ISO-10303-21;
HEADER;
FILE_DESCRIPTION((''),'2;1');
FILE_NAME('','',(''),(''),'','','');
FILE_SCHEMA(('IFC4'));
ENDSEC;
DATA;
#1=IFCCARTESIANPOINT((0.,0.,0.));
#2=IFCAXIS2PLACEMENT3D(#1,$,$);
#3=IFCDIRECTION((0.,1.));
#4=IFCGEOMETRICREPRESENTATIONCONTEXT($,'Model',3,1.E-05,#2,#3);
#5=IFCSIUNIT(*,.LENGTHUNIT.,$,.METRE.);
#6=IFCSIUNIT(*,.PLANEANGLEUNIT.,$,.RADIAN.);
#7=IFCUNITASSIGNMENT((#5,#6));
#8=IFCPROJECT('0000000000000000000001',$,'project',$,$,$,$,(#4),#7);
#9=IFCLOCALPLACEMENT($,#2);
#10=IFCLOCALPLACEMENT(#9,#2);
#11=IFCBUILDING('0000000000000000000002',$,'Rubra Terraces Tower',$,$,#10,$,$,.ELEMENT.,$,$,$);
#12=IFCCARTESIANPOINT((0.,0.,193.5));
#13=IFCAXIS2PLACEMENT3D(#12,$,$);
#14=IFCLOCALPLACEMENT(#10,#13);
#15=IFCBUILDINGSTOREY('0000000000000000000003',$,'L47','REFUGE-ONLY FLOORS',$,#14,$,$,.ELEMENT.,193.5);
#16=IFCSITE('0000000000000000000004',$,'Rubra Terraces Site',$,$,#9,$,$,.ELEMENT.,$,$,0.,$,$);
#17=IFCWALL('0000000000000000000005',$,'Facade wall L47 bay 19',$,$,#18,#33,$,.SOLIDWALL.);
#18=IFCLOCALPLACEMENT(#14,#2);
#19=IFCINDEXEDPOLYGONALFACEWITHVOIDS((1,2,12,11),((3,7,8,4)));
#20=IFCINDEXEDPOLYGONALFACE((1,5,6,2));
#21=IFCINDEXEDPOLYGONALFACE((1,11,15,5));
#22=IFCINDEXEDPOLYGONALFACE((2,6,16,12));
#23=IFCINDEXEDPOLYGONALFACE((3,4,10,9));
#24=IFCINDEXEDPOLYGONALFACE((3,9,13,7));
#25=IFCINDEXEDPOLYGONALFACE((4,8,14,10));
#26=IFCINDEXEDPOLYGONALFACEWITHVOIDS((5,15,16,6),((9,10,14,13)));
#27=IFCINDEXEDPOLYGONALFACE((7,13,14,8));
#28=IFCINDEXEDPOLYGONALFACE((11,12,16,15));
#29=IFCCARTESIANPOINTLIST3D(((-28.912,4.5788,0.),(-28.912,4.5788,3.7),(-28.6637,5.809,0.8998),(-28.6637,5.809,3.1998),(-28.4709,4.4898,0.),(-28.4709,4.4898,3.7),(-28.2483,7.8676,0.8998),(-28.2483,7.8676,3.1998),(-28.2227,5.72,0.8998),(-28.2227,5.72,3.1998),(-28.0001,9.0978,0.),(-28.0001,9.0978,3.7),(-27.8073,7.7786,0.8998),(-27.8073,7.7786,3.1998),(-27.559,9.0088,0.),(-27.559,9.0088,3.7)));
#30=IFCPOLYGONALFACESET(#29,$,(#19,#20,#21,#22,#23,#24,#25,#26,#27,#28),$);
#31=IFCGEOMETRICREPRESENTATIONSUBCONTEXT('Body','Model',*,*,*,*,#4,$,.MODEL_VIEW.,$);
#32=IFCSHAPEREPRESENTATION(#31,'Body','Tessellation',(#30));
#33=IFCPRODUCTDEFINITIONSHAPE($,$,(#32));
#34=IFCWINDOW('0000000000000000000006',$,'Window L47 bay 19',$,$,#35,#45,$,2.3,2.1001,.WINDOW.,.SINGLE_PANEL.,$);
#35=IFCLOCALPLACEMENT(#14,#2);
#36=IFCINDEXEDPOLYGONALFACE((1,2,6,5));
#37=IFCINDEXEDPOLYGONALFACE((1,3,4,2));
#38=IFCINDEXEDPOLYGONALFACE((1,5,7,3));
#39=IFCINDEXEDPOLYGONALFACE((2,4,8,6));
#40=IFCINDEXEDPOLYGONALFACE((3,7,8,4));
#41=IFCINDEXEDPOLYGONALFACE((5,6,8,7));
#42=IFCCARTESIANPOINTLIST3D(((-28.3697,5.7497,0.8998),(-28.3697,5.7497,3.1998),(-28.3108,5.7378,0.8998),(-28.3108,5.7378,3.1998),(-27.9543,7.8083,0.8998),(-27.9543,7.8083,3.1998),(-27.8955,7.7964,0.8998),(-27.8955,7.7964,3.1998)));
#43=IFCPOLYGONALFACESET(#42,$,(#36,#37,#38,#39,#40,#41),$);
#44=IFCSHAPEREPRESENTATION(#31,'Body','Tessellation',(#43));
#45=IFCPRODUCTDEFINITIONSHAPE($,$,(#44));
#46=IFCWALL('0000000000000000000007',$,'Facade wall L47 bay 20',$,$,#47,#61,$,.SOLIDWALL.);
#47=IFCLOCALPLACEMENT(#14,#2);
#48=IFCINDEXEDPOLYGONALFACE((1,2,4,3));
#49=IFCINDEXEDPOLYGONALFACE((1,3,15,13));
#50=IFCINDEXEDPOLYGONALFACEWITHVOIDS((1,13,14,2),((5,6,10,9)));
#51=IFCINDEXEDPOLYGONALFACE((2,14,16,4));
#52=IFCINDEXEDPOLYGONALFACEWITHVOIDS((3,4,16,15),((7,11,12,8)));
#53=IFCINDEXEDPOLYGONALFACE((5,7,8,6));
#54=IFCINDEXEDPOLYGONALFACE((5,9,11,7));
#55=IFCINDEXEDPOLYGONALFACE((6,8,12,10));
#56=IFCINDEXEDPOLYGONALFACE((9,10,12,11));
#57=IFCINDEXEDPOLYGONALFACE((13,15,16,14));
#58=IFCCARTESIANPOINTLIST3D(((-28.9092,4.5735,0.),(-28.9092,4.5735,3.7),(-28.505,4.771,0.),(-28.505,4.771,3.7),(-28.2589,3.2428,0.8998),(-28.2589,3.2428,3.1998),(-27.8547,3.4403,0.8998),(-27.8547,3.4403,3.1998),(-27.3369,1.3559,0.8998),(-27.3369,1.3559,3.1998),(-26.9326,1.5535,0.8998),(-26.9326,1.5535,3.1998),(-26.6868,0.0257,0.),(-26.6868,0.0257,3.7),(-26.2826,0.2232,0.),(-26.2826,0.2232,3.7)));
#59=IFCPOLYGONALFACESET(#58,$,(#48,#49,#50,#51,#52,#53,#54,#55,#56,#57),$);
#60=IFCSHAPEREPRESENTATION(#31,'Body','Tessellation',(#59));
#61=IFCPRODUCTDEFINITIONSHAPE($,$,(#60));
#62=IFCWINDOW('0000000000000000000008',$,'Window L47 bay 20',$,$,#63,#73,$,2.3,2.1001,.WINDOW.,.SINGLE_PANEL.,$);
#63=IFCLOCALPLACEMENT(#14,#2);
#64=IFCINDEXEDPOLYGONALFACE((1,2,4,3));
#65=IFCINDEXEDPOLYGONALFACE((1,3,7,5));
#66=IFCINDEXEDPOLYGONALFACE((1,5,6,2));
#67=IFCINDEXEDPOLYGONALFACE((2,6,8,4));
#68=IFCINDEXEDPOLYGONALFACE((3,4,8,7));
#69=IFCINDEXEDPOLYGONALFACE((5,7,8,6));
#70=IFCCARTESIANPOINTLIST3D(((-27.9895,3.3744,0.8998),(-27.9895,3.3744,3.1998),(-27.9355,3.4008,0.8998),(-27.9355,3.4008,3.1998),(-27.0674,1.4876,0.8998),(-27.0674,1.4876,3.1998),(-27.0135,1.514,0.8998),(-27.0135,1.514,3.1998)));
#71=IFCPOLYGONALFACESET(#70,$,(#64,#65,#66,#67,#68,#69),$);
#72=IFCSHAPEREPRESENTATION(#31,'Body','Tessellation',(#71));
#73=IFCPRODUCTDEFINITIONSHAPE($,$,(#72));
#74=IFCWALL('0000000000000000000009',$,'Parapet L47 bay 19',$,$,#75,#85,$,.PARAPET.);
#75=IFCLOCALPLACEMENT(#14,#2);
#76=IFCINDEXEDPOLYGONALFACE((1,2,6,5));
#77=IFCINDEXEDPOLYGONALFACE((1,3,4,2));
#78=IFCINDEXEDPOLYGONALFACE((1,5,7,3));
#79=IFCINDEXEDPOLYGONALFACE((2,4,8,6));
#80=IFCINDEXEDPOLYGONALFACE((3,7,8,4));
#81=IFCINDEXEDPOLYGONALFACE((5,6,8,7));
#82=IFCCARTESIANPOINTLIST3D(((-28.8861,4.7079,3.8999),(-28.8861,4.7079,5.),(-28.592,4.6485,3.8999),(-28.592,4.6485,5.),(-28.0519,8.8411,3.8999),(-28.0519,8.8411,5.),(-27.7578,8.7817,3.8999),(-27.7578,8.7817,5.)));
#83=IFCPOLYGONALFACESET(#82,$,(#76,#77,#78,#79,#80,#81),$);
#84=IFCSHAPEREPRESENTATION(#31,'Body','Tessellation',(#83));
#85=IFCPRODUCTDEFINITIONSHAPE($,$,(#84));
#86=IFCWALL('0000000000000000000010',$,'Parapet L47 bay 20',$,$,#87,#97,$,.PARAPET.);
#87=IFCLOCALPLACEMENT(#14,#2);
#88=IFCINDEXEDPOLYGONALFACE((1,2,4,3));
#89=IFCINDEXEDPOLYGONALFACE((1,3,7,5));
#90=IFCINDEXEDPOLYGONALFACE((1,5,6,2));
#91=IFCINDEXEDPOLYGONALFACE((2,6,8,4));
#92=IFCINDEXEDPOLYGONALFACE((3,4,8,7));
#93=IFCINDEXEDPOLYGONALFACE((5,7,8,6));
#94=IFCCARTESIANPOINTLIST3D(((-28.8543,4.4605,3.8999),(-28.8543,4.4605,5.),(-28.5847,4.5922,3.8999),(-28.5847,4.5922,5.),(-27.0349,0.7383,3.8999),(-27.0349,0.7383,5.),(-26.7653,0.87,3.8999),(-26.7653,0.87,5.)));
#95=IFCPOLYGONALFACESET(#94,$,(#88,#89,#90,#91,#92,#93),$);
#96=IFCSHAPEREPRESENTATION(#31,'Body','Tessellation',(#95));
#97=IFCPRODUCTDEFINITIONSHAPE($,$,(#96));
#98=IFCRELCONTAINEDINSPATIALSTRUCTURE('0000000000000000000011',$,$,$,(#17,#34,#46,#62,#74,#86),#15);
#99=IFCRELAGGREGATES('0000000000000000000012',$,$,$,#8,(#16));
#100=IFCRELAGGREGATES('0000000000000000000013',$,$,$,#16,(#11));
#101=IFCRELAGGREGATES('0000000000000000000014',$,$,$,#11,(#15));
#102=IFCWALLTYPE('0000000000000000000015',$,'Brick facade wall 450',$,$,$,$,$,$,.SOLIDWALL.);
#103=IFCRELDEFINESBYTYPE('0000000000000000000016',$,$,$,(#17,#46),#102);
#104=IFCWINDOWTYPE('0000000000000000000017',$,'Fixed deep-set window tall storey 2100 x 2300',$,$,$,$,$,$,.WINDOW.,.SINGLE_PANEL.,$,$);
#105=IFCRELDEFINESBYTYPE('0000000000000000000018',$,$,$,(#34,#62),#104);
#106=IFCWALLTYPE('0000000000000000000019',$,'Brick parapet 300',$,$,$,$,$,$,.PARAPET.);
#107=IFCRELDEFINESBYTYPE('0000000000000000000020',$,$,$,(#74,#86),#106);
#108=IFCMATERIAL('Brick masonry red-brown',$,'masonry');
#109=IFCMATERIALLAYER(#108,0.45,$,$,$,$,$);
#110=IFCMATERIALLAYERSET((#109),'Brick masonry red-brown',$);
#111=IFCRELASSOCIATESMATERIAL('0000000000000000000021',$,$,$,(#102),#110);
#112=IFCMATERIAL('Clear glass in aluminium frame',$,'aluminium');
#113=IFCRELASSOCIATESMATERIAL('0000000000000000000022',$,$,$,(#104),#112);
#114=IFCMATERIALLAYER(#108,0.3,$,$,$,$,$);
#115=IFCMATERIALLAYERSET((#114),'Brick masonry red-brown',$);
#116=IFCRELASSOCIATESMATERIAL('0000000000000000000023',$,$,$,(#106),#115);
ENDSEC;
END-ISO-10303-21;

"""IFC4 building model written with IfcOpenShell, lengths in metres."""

from ifc_helpers import new_model, si_unit, direction, frame, frame_2d, origin, place, context, subcontext, project, spatial, rectangle, extrude, material, layer, layer_set, type_object, element, fill, save


model = new_model("IFC4")

# Units and contexts
model_context = context("Model", 3, precision=1e-05, world=origin(), true_north=direction((0.0, 1.0)))
body_context = subcontext(model_context, "Body", "Model", "MODEL_VIEW")
ifc_project = project(units=[si_unit("LENGTHUNIT", "METRE"), si_unit("PLANEANGLEUNIT", "RADIAN")], contexts=[model_context])

# Site, building, storey
site_placement = place(None, origin())
site = spatial("IfcSite", under=ifc_project, at=site_placement, Name="Rubra Terraces Site", CompositionType="ELEMENT", RefElevation=0.0)
building_placement = place(site_placement, origin())
building = spatial("IfcBuilding", under=site, at=building_placement, Name="Rubra Terraces Tower", CompositionType="ELEMENT")
storey_placement = place(building_placement, frame((0.0, 0.0, 193.5)))
storey = spatial("IfcBuildingStorey", under=building, at=storey_placement, Name="L47", Description="REFUGE-ONLY FLOORS", CompositionType="ELEMENT", Elevation=193.5)

# Walls, openings, windows
ifc_material_1 = material(Name="Brick masonry red-brown", Category="masonry")
ifc_layer_1 = layer(ifc_material_1, 0.45)
ifc_layer_set_1 = layer_set([ifc_layer_1], Name="Brick masonry red-brown")
wall_type_1 = type_object("IfcWallType", Name="Brick facade wall 450", PredefinedType="SOLIDWALL", material=ifc_layer_set_1)
ifc_material_2 = material(Name="Clear glass in aluminium frame", Category="aluminium")
window_type = type_object("IfcWindowType", Name="Fixed deep-set window tall storey 2100 x 2300", PartitioningType="SINGLE_PANEL", PredefinedType="WINDOW", material=ifc_material_2)
wall_1_placement = place(storey_placement, frame((-27.7795, 9.0535, 0.0), z_axis=(0.0, 0.0, 1.0), x_axis=(-0.197796, -0.980243, 0.0)))
wall_1 = element("IfcWall", 1, at=wall_1_placement, inside=storey, type_object=wall_type_1, Name="Facade wall L47 bay 19", PredefinedType="SOLIDWALL", context=body_context, shape_type="SweptSolid", body=[
    extrude(rectangle(XDim=4.6101, YDim=0.45, at=frame_2d((2.3052, 0.0))), origin(), (0.0, 0.0, 1.0), 3.7),
])
opening_1_placement = place(wall_1_placement, frame((1.2551, 0.0, 0.8999)))
opening_1 = element("IfcOpeningElement", 2, at=opening_1_placement, cuts=wall_1, PredefinedType="OPENING", context=body_context, shape_type="SweptSolid", body=[
    extrude(rectangle(XDim=2.1001, YDim=2.3, at=frame_2d((1.05, 1.1499))), frame((0.0, 0.2349, 0.0), z_axis=(0.0, -1.0, 0.0), x_axis=(1.0, 0.0, 0.0)), (0.0, 0.0, 1.0), 0.47),
])
window_1_placement = place(opening_1_placement, origin())
window_1 = element("IfcWindow", 3, at=window_1_placement, inside=storey, type_object=window_type, Name="Window L47 bay 19", OverallHeight=2.3, OverallWidth=2.1001, PartitioningType="SINGLE_PANEL", PredefinedType="WINDOW", context=body_context, shape_type="SweptSolid", body=[
    extrude(rectangle(XDim=2.1001, YDim=2.3, at=frame_2d((1.05, 1.1499))), frame((0.0, 0.135, 0.0), z_axis=(0.0, -1.0, 0.0), x_axis=(1.0, 0.0, 0.0)), (0.0, 0.0, 1.0), 0.0601),
])
fill(opening_1, window_1)
wall_2_placement = place(storey_placement, frame((-28.707, 4.6721, 0.0), z_axis=(0.0, 0.0, 1.0), x_axis=(0.439054, -0.898461, 0.0)))
wall_2 = element("IfcWall", 4, at=wall_2_placement, inside=storey, type_object=wall_type_1, Name="Facade wall L47 bay 20", PredefinedType="SOLIDWALL", context=body_context, shape_type="SweptSolid", body=[
    extrude(rectangle(XDim=5.0618, YDim=0.45, at=frame_2d((2.5308, 0.0))), origin(), (0.0, 0.0, 1.0), 3.7),
])
opening_2_placement = place(wall_2_placement, frame((1.481, 0.0, 0.8999)))
opening_2 = element("IfcOpeningElement", 5, at=opening_2_placement, cuts=wall_2, PredefinedType="OPENING", context=body_context, shape_type="SweptSolid", body=[
    extrude(rectangle(XDim=2.1001, YDim=2.3, at=frame_2d((1.05, 1.1499))), frame((0.0, 0.2349, 0.0), z_axis=(0.0, -1.0, 0.0), x_axis=(1.0, 0.0, 0.0)), (0.0, 0.0, 1.0), 0.47),
])
window_2_placement = place(opening_2_placement, origin())
window_2 = element("IfcWindow", 6, at=window_2_placement, inside=storey, type_object=window_type, Name="Window L47 bay 20", OverallHeight=2.3, OverallWidth=2.1001, PartitioningType="SINGLE_PANEL", PredefinedType="WINDOW", context=body_context, shape_type="SweptSolid", body=[
    extrude(rectangle(XDim=2.1001, YDim=2.3, at=frame_2d((1.05, 1.1499))), frame((0.0, 0.135, 0.0), z_axis=(0.0, -1.0, 0.0), x_axis=(1.0, 0.0, 0.0)), (0.0, 0.0, 1.0), 0.0601),
])
fill(opening_2, window_2)

# Walls
ifc_layer_2 = layer(ifc_material_1, 0.3)
ifc_layer_set_2 = layer_set([ifc_layer_2], Name="Brick masonry red-brown")
wall_type_2 = type_object("IfcWallType", Name="Brick parapet 300", PredefinedType="PARAPET", material=ifc_layer_set_2)
wall_3_placement = place(storey_placement, frame((-27.9048, 8.8115, 3.8999), z_axis=(0.0, 0.0, 1.0), x_axis=(-0.197842, -0.980234, 0.0)))
element("IfcWall", 7, at=wall_3_placement, inside=storey, type_object=wall_type_2, Name="Parapet L47 bay 19", PredefinedType="PARAPET", context=body_context, shape_type="SweptSolid", body=[
    extrude(rectangle(XDim=4.2166, YDim=0.3, at=frame_2d((2.1084, 0.0))), origin(), (0.0, 0.0, 1.0), 1.1001),
])
wall_4_placement = place(storey_placement, frame((-28.7195, 4.5264, 3.8999), z_axis=(0.0, 0.0, 1.0), x_axis=(0.439134, -0.898422, 0.0)))
element("IfcWall", 8, at=wall_4_placement, inside=storey, type_object=wall_type_2, Name="Parapet L47 bay 20", PredefinedType="PARAPET", context=body_context, shape_type="SweptSolid", body=[
    extrude(rectangle(XDim=4.1431, YDim=0.3, at=frame_2d((2.0715, 0.0))), origin(), (0.0, 0.0, 1.0), 1.1001),
])

save(model, "model.ifc")
